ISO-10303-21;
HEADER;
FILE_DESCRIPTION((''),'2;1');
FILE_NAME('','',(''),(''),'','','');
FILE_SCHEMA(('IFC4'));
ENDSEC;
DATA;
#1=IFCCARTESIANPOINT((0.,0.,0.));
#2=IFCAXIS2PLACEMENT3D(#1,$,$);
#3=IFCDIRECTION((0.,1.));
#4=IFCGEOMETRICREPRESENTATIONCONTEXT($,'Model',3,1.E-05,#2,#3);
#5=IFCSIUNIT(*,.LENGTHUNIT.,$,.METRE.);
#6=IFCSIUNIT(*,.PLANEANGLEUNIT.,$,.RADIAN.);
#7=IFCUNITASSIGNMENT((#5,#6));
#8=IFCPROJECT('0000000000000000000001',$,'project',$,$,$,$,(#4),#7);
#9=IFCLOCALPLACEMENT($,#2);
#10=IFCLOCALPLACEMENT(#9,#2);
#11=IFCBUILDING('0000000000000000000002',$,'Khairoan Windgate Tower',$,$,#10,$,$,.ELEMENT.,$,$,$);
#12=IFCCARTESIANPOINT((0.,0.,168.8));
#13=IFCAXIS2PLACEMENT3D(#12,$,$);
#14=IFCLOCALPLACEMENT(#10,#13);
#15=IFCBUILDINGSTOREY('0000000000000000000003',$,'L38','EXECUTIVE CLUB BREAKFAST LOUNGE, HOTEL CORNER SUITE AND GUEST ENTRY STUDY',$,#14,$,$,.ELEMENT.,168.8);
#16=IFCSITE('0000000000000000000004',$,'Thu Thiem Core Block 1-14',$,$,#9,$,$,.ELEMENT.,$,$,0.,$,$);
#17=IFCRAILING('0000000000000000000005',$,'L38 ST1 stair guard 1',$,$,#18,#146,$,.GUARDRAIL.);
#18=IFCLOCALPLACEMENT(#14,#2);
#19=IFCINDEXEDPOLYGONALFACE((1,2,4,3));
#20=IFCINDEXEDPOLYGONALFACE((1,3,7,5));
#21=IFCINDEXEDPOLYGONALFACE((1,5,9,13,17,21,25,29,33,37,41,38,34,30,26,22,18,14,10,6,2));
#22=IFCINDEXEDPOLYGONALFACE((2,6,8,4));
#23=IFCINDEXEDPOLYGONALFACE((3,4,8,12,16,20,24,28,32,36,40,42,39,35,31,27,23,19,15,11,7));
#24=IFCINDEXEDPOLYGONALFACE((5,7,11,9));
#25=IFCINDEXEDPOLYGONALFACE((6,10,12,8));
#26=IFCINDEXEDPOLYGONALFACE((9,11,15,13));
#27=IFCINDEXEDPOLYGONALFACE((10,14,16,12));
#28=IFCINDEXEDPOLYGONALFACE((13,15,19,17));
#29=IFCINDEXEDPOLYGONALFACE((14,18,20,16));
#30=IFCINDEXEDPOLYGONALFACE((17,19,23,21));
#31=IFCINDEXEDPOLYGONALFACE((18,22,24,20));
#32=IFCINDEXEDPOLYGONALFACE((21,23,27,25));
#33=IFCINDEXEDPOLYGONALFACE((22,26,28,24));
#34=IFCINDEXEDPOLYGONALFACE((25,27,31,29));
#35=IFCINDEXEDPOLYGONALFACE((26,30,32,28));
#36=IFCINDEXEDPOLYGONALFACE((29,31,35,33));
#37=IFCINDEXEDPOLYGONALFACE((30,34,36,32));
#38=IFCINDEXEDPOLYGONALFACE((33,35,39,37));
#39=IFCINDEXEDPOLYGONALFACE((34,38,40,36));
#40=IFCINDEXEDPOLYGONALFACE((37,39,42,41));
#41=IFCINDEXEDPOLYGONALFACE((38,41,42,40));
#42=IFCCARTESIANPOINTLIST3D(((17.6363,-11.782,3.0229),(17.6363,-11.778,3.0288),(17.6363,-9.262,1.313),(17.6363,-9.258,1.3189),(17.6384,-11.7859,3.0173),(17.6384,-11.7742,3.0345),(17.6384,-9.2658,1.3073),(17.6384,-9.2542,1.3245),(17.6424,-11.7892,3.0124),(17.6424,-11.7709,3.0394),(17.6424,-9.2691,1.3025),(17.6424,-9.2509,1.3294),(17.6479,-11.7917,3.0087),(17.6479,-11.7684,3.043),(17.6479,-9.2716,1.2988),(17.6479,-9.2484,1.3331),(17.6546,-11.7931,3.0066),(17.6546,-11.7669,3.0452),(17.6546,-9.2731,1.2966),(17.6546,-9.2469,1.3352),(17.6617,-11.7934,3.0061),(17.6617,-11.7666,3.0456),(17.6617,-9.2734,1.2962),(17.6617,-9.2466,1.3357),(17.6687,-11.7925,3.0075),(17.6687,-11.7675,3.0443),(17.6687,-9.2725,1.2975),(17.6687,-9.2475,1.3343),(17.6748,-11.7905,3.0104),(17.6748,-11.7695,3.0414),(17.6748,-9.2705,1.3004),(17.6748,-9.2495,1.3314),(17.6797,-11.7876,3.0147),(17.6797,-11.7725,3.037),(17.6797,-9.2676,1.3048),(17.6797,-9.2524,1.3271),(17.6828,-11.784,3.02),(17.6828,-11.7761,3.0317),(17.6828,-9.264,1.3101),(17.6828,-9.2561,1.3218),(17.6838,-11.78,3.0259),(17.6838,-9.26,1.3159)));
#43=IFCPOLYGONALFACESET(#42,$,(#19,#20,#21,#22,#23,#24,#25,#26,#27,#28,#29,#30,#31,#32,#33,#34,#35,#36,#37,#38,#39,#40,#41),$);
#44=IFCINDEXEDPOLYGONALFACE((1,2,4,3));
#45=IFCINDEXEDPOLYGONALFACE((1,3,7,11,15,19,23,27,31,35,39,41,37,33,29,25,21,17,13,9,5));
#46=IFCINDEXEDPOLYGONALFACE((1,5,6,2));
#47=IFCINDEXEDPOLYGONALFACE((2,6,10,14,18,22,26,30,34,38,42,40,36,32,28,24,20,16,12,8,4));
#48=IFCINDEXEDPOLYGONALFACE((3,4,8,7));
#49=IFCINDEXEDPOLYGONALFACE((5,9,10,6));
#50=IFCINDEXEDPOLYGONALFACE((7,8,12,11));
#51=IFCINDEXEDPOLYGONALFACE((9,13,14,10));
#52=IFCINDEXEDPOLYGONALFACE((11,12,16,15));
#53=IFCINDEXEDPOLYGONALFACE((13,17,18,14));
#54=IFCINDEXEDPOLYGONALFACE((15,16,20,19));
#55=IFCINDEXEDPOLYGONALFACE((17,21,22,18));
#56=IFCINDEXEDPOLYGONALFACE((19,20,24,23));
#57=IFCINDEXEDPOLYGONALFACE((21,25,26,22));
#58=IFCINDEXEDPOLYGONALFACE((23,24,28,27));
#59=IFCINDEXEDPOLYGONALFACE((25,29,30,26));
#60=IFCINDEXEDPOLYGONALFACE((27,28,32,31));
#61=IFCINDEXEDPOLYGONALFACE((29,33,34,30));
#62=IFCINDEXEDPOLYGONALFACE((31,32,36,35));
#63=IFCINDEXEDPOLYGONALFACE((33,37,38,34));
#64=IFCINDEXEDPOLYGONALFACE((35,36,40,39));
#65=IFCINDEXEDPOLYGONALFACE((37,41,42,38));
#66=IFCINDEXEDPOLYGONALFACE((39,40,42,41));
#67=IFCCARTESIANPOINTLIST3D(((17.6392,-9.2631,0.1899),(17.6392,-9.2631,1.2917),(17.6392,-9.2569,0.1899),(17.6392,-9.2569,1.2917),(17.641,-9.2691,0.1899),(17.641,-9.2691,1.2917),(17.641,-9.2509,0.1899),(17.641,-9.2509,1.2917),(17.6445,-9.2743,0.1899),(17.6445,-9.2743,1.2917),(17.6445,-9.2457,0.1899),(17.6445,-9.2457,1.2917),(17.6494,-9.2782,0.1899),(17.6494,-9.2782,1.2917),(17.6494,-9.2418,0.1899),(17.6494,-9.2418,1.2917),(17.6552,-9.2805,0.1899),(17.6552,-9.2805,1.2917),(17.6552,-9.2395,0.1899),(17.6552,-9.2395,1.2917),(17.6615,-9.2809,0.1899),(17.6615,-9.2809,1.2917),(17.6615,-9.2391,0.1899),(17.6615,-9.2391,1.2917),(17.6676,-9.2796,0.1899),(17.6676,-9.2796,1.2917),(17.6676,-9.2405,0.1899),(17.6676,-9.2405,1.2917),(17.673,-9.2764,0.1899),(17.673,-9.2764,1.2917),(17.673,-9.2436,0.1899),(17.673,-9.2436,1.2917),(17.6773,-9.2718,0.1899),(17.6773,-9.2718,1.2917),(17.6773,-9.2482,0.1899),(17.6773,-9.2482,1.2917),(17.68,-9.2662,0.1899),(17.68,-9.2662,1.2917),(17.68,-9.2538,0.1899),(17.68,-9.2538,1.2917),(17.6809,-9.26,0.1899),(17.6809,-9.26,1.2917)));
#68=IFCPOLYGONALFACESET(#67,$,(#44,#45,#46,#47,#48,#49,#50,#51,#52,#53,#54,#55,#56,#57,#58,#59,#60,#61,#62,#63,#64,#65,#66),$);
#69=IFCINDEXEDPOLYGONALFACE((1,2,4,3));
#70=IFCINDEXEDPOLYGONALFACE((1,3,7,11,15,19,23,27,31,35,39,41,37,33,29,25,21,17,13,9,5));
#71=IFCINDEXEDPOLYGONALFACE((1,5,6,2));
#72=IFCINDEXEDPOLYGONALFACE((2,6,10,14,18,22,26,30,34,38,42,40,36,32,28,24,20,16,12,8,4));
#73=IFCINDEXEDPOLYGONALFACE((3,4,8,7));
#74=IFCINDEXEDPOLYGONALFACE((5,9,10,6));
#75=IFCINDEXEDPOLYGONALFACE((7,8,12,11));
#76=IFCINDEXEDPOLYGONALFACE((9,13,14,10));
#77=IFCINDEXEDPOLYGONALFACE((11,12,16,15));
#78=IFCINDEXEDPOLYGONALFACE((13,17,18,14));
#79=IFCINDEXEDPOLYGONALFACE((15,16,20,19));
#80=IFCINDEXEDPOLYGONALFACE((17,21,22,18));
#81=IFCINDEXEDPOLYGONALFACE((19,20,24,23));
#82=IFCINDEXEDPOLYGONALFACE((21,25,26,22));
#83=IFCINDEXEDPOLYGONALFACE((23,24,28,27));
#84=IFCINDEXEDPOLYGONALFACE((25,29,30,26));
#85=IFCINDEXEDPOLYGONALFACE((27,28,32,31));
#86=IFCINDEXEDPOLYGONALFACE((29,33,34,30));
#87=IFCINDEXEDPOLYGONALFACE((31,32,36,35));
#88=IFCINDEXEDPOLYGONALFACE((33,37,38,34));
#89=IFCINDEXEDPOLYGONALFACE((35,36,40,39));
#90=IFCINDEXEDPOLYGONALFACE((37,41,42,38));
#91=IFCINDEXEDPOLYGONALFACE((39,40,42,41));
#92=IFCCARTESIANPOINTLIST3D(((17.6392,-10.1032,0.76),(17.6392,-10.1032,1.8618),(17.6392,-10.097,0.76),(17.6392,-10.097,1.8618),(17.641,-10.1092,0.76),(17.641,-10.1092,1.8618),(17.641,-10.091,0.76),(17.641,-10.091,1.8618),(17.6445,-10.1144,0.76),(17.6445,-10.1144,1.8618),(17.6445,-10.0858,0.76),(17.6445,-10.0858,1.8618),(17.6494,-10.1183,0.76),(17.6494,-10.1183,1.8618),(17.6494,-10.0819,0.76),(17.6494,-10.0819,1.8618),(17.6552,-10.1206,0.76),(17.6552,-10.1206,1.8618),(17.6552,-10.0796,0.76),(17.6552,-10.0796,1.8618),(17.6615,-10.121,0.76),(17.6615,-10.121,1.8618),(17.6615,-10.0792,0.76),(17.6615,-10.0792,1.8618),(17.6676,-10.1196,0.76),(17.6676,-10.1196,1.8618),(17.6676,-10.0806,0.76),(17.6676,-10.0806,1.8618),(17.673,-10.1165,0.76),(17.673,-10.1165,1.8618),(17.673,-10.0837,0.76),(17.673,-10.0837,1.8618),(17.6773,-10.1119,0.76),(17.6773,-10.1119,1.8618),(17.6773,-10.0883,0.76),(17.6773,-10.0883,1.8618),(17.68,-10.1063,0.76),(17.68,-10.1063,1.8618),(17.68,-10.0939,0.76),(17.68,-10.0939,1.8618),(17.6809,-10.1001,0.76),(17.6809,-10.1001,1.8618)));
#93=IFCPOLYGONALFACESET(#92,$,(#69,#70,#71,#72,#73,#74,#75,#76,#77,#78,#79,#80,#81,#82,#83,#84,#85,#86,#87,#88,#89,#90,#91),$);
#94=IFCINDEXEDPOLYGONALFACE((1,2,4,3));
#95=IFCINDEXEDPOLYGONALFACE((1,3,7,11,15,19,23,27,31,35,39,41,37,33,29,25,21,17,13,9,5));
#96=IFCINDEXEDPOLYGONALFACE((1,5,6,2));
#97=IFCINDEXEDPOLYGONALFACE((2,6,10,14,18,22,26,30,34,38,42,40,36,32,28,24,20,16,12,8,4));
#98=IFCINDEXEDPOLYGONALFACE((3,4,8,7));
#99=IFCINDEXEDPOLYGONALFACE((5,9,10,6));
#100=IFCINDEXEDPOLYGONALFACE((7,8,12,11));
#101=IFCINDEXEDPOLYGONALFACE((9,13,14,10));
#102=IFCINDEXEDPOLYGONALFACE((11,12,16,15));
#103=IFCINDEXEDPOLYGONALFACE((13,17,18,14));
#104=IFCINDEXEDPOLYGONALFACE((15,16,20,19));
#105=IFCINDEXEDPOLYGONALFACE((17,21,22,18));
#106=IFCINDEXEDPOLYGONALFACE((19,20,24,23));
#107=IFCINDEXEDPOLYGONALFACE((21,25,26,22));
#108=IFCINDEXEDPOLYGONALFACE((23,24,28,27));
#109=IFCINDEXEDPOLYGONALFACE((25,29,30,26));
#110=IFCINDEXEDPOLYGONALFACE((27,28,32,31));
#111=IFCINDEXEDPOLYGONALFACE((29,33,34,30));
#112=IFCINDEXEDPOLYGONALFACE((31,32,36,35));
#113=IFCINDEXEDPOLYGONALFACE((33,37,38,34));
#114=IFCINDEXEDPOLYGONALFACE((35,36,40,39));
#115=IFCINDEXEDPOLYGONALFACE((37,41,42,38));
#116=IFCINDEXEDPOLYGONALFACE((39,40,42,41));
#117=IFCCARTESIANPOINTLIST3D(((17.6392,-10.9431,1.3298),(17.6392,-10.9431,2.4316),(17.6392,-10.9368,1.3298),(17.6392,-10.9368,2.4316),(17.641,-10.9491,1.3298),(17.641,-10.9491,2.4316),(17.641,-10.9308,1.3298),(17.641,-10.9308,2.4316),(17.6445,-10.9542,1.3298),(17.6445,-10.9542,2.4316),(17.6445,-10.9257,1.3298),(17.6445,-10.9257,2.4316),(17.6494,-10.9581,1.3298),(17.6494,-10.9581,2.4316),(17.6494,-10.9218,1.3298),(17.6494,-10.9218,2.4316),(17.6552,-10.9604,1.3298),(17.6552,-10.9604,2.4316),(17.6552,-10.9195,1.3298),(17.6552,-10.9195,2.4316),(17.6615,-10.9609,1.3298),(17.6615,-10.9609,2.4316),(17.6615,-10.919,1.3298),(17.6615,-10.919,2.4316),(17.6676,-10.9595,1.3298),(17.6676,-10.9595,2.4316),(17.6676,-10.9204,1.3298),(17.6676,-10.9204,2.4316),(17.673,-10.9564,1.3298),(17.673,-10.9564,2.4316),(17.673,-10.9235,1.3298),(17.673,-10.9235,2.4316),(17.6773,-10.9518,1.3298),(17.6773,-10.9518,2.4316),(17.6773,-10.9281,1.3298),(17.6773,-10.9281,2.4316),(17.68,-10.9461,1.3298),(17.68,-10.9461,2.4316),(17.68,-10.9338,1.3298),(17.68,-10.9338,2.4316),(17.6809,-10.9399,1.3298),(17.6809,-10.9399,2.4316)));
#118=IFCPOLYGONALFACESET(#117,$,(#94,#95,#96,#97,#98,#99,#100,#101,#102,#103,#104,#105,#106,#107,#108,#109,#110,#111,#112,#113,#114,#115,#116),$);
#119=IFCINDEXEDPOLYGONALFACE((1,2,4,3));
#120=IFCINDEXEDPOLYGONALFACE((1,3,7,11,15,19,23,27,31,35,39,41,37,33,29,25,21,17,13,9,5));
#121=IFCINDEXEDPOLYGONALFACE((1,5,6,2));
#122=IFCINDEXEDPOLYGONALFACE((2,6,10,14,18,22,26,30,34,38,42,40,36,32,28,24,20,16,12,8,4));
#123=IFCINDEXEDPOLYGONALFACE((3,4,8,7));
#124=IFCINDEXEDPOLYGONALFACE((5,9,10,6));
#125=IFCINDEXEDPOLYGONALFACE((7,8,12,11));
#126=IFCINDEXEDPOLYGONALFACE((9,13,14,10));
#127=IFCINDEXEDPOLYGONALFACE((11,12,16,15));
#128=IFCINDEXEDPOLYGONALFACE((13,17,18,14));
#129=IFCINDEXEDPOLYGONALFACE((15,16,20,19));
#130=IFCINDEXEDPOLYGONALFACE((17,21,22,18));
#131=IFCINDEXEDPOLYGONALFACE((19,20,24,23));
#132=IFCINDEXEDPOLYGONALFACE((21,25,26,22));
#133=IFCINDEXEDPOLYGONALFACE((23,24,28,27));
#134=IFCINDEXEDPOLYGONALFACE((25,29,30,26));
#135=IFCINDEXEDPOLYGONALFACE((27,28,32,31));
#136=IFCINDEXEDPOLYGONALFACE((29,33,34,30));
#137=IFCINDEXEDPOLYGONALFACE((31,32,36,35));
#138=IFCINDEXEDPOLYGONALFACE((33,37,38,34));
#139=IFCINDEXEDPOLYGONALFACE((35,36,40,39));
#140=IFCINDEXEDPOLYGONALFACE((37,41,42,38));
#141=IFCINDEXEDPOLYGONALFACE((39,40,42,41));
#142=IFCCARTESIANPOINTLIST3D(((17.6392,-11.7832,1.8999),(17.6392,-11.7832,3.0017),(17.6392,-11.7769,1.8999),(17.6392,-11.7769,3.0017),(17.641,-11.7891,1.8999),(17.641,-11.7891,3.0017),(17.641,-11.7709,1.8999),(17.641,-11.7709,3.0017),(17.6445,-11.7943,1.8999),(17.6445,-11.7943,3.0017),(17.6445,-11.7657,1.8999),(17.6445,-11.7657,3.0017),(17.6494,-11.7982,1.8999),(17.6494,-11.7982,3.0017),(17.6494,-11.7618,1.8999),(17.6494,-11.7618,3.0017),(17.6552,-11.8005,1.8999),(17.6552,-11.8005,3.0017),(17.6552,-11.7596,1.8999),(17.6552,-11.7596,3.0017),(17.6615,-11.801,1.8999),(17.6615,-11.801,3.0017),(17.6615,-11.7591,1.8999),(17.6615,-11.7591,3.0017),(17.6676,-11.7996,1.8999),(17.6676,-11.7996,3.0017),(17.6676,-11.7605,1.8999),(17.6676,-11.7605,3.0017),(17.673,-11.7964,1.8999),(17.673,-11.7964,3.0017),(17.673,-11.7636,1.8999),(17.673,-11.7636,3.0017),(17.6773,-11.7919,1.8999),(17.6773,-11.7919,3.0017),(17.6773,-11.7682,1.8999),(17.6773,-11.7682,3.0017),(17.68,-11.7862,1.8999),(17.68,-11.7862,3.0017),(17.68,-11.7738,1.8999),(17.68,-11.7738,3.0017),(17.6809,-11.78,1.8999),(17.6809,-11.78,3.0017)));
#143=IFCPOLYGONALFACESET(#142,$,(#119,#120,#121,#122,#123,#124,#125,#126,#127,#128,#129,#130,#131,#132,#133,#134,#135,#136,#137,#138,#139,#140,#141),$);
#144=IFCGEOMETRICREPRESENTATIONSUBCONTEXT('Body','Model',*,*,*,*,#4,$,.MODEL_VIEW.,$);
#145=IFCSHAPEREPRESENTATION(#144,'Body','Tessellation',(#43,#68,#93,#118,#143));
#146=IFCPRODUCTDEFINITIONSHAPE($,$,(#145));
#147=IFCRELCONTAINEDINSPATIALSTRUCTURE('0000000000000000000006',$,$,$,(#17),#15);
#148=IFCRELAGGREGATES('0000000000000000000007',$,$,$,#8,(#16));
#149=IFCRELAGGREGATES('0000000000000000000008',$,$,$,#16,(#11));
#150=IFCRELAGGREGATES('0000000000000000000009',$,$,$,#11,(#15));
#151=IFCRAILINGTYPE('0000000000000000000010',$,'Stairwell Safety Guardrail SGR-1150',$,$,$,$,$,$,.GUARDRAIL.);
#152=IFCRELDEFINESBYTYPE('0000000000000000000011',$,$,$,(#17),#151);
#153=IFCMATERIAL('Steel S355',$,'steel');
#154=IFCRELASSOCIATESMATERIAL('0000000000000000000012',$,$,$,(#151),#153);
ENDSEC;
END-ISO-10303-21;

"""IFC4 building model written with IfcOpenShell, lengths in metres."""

from ifc_helpers import new_model, si_unit, direction, frame, origin, origin_2d, place, context, subcontext, project, spatial, circle, extrude, material, type_object, element, save


model = new_model("IFC4")

# Units and contexts
model_context = context("Model", 3, precision=1e-05, world=origin(), true_north=direction((0.0, 1.0)))
body_context = subcontext(model_context, "Body", "Model", "MODEL_VIEW")
ifc_project = project(units=[si_unit("LENGTHUNIT", "METRE"), si_unit("PLANEANGLEUNIT", "RADIAN")], contexts=[model_context])

# Site, building, storey
site_placement = place(None, origin())
site = spatial("IfcSite", under=ifc_project, at=site_placement, Name="Thu Thiem Core Block 1-14", CompositionType="ELEMENT", RefElevation=0.0)
building_placement = place(site_placement, origin())
building = spatial("IfcBuilding", under=site, at=building_placement, Name="Khairoan Windgate Tower", CompositionType="ELEMENT")
storey_placement = place(building_placement, frame((0.0, 0.0, 168.8)))
storey = spatial("IfcBuildingStorey", under=building, at=storey_placement, Name="L38", Description="EXECUTIVE CLUB BREAKFAST LOUNGE, HOTEL CORNER SUITE AND GUEST ENTRY STUDY", CompositionType="ELEMENT", Elevation=168.8)

# Railing
ifc_material_1 = material(Name="Steel S355", Category="steel")
railing_type_1 = type_object("IfcRailingType", Name="Stairwell Safety Guardrail SGR-1150", PredefinedType="GUARDRAIL", material=ifc_material_1)
railing_1_placement = place(storey_placement, frame((17.6599, -9.26, 0.1899)))
element("IfcRailing", 1, at=railing_1_placement, inside=storey, type_object=railing_type_1, Name="L38 ST1 stair guard 1", PredefinedType="GUARDRAIL", context=body_context, shape_type="SweptSolid", body=[
    extrude(circle(Radius=0.0239, at=origin_2d()), frame((0.0, 0.0, 1.126), z_axis=(0.0, -0.827484, 0.56149), x_axis=(1.0, 0.0, 0.0)), (0.0, 0.0, 1.0), 3.0454),
    extrude(circle(Radius=0.021, at=origin_2d()), origin(), (0.0, 0.0, 1.0), 1.1018),
    extrude(circle(Radius=0.021, at=origin_2d()), frame((0.0, -0.8401, 0.5701)), (0.0, 0.0, 1.0), 1.1018),
    extrude(circle(Radius=0.021, at=origin_2d()), frame((0.0, -1.6799, 1.1399)), (0.0, 0.0, 1.0), 1.1018),
    extrude(circle(Radius=0.021, at=origin_2d()), frame((0.0, -2.52, 1.71)), (0.0, 0.0, 1.0), 1.1018),
])

save(model, "model.ifc")
